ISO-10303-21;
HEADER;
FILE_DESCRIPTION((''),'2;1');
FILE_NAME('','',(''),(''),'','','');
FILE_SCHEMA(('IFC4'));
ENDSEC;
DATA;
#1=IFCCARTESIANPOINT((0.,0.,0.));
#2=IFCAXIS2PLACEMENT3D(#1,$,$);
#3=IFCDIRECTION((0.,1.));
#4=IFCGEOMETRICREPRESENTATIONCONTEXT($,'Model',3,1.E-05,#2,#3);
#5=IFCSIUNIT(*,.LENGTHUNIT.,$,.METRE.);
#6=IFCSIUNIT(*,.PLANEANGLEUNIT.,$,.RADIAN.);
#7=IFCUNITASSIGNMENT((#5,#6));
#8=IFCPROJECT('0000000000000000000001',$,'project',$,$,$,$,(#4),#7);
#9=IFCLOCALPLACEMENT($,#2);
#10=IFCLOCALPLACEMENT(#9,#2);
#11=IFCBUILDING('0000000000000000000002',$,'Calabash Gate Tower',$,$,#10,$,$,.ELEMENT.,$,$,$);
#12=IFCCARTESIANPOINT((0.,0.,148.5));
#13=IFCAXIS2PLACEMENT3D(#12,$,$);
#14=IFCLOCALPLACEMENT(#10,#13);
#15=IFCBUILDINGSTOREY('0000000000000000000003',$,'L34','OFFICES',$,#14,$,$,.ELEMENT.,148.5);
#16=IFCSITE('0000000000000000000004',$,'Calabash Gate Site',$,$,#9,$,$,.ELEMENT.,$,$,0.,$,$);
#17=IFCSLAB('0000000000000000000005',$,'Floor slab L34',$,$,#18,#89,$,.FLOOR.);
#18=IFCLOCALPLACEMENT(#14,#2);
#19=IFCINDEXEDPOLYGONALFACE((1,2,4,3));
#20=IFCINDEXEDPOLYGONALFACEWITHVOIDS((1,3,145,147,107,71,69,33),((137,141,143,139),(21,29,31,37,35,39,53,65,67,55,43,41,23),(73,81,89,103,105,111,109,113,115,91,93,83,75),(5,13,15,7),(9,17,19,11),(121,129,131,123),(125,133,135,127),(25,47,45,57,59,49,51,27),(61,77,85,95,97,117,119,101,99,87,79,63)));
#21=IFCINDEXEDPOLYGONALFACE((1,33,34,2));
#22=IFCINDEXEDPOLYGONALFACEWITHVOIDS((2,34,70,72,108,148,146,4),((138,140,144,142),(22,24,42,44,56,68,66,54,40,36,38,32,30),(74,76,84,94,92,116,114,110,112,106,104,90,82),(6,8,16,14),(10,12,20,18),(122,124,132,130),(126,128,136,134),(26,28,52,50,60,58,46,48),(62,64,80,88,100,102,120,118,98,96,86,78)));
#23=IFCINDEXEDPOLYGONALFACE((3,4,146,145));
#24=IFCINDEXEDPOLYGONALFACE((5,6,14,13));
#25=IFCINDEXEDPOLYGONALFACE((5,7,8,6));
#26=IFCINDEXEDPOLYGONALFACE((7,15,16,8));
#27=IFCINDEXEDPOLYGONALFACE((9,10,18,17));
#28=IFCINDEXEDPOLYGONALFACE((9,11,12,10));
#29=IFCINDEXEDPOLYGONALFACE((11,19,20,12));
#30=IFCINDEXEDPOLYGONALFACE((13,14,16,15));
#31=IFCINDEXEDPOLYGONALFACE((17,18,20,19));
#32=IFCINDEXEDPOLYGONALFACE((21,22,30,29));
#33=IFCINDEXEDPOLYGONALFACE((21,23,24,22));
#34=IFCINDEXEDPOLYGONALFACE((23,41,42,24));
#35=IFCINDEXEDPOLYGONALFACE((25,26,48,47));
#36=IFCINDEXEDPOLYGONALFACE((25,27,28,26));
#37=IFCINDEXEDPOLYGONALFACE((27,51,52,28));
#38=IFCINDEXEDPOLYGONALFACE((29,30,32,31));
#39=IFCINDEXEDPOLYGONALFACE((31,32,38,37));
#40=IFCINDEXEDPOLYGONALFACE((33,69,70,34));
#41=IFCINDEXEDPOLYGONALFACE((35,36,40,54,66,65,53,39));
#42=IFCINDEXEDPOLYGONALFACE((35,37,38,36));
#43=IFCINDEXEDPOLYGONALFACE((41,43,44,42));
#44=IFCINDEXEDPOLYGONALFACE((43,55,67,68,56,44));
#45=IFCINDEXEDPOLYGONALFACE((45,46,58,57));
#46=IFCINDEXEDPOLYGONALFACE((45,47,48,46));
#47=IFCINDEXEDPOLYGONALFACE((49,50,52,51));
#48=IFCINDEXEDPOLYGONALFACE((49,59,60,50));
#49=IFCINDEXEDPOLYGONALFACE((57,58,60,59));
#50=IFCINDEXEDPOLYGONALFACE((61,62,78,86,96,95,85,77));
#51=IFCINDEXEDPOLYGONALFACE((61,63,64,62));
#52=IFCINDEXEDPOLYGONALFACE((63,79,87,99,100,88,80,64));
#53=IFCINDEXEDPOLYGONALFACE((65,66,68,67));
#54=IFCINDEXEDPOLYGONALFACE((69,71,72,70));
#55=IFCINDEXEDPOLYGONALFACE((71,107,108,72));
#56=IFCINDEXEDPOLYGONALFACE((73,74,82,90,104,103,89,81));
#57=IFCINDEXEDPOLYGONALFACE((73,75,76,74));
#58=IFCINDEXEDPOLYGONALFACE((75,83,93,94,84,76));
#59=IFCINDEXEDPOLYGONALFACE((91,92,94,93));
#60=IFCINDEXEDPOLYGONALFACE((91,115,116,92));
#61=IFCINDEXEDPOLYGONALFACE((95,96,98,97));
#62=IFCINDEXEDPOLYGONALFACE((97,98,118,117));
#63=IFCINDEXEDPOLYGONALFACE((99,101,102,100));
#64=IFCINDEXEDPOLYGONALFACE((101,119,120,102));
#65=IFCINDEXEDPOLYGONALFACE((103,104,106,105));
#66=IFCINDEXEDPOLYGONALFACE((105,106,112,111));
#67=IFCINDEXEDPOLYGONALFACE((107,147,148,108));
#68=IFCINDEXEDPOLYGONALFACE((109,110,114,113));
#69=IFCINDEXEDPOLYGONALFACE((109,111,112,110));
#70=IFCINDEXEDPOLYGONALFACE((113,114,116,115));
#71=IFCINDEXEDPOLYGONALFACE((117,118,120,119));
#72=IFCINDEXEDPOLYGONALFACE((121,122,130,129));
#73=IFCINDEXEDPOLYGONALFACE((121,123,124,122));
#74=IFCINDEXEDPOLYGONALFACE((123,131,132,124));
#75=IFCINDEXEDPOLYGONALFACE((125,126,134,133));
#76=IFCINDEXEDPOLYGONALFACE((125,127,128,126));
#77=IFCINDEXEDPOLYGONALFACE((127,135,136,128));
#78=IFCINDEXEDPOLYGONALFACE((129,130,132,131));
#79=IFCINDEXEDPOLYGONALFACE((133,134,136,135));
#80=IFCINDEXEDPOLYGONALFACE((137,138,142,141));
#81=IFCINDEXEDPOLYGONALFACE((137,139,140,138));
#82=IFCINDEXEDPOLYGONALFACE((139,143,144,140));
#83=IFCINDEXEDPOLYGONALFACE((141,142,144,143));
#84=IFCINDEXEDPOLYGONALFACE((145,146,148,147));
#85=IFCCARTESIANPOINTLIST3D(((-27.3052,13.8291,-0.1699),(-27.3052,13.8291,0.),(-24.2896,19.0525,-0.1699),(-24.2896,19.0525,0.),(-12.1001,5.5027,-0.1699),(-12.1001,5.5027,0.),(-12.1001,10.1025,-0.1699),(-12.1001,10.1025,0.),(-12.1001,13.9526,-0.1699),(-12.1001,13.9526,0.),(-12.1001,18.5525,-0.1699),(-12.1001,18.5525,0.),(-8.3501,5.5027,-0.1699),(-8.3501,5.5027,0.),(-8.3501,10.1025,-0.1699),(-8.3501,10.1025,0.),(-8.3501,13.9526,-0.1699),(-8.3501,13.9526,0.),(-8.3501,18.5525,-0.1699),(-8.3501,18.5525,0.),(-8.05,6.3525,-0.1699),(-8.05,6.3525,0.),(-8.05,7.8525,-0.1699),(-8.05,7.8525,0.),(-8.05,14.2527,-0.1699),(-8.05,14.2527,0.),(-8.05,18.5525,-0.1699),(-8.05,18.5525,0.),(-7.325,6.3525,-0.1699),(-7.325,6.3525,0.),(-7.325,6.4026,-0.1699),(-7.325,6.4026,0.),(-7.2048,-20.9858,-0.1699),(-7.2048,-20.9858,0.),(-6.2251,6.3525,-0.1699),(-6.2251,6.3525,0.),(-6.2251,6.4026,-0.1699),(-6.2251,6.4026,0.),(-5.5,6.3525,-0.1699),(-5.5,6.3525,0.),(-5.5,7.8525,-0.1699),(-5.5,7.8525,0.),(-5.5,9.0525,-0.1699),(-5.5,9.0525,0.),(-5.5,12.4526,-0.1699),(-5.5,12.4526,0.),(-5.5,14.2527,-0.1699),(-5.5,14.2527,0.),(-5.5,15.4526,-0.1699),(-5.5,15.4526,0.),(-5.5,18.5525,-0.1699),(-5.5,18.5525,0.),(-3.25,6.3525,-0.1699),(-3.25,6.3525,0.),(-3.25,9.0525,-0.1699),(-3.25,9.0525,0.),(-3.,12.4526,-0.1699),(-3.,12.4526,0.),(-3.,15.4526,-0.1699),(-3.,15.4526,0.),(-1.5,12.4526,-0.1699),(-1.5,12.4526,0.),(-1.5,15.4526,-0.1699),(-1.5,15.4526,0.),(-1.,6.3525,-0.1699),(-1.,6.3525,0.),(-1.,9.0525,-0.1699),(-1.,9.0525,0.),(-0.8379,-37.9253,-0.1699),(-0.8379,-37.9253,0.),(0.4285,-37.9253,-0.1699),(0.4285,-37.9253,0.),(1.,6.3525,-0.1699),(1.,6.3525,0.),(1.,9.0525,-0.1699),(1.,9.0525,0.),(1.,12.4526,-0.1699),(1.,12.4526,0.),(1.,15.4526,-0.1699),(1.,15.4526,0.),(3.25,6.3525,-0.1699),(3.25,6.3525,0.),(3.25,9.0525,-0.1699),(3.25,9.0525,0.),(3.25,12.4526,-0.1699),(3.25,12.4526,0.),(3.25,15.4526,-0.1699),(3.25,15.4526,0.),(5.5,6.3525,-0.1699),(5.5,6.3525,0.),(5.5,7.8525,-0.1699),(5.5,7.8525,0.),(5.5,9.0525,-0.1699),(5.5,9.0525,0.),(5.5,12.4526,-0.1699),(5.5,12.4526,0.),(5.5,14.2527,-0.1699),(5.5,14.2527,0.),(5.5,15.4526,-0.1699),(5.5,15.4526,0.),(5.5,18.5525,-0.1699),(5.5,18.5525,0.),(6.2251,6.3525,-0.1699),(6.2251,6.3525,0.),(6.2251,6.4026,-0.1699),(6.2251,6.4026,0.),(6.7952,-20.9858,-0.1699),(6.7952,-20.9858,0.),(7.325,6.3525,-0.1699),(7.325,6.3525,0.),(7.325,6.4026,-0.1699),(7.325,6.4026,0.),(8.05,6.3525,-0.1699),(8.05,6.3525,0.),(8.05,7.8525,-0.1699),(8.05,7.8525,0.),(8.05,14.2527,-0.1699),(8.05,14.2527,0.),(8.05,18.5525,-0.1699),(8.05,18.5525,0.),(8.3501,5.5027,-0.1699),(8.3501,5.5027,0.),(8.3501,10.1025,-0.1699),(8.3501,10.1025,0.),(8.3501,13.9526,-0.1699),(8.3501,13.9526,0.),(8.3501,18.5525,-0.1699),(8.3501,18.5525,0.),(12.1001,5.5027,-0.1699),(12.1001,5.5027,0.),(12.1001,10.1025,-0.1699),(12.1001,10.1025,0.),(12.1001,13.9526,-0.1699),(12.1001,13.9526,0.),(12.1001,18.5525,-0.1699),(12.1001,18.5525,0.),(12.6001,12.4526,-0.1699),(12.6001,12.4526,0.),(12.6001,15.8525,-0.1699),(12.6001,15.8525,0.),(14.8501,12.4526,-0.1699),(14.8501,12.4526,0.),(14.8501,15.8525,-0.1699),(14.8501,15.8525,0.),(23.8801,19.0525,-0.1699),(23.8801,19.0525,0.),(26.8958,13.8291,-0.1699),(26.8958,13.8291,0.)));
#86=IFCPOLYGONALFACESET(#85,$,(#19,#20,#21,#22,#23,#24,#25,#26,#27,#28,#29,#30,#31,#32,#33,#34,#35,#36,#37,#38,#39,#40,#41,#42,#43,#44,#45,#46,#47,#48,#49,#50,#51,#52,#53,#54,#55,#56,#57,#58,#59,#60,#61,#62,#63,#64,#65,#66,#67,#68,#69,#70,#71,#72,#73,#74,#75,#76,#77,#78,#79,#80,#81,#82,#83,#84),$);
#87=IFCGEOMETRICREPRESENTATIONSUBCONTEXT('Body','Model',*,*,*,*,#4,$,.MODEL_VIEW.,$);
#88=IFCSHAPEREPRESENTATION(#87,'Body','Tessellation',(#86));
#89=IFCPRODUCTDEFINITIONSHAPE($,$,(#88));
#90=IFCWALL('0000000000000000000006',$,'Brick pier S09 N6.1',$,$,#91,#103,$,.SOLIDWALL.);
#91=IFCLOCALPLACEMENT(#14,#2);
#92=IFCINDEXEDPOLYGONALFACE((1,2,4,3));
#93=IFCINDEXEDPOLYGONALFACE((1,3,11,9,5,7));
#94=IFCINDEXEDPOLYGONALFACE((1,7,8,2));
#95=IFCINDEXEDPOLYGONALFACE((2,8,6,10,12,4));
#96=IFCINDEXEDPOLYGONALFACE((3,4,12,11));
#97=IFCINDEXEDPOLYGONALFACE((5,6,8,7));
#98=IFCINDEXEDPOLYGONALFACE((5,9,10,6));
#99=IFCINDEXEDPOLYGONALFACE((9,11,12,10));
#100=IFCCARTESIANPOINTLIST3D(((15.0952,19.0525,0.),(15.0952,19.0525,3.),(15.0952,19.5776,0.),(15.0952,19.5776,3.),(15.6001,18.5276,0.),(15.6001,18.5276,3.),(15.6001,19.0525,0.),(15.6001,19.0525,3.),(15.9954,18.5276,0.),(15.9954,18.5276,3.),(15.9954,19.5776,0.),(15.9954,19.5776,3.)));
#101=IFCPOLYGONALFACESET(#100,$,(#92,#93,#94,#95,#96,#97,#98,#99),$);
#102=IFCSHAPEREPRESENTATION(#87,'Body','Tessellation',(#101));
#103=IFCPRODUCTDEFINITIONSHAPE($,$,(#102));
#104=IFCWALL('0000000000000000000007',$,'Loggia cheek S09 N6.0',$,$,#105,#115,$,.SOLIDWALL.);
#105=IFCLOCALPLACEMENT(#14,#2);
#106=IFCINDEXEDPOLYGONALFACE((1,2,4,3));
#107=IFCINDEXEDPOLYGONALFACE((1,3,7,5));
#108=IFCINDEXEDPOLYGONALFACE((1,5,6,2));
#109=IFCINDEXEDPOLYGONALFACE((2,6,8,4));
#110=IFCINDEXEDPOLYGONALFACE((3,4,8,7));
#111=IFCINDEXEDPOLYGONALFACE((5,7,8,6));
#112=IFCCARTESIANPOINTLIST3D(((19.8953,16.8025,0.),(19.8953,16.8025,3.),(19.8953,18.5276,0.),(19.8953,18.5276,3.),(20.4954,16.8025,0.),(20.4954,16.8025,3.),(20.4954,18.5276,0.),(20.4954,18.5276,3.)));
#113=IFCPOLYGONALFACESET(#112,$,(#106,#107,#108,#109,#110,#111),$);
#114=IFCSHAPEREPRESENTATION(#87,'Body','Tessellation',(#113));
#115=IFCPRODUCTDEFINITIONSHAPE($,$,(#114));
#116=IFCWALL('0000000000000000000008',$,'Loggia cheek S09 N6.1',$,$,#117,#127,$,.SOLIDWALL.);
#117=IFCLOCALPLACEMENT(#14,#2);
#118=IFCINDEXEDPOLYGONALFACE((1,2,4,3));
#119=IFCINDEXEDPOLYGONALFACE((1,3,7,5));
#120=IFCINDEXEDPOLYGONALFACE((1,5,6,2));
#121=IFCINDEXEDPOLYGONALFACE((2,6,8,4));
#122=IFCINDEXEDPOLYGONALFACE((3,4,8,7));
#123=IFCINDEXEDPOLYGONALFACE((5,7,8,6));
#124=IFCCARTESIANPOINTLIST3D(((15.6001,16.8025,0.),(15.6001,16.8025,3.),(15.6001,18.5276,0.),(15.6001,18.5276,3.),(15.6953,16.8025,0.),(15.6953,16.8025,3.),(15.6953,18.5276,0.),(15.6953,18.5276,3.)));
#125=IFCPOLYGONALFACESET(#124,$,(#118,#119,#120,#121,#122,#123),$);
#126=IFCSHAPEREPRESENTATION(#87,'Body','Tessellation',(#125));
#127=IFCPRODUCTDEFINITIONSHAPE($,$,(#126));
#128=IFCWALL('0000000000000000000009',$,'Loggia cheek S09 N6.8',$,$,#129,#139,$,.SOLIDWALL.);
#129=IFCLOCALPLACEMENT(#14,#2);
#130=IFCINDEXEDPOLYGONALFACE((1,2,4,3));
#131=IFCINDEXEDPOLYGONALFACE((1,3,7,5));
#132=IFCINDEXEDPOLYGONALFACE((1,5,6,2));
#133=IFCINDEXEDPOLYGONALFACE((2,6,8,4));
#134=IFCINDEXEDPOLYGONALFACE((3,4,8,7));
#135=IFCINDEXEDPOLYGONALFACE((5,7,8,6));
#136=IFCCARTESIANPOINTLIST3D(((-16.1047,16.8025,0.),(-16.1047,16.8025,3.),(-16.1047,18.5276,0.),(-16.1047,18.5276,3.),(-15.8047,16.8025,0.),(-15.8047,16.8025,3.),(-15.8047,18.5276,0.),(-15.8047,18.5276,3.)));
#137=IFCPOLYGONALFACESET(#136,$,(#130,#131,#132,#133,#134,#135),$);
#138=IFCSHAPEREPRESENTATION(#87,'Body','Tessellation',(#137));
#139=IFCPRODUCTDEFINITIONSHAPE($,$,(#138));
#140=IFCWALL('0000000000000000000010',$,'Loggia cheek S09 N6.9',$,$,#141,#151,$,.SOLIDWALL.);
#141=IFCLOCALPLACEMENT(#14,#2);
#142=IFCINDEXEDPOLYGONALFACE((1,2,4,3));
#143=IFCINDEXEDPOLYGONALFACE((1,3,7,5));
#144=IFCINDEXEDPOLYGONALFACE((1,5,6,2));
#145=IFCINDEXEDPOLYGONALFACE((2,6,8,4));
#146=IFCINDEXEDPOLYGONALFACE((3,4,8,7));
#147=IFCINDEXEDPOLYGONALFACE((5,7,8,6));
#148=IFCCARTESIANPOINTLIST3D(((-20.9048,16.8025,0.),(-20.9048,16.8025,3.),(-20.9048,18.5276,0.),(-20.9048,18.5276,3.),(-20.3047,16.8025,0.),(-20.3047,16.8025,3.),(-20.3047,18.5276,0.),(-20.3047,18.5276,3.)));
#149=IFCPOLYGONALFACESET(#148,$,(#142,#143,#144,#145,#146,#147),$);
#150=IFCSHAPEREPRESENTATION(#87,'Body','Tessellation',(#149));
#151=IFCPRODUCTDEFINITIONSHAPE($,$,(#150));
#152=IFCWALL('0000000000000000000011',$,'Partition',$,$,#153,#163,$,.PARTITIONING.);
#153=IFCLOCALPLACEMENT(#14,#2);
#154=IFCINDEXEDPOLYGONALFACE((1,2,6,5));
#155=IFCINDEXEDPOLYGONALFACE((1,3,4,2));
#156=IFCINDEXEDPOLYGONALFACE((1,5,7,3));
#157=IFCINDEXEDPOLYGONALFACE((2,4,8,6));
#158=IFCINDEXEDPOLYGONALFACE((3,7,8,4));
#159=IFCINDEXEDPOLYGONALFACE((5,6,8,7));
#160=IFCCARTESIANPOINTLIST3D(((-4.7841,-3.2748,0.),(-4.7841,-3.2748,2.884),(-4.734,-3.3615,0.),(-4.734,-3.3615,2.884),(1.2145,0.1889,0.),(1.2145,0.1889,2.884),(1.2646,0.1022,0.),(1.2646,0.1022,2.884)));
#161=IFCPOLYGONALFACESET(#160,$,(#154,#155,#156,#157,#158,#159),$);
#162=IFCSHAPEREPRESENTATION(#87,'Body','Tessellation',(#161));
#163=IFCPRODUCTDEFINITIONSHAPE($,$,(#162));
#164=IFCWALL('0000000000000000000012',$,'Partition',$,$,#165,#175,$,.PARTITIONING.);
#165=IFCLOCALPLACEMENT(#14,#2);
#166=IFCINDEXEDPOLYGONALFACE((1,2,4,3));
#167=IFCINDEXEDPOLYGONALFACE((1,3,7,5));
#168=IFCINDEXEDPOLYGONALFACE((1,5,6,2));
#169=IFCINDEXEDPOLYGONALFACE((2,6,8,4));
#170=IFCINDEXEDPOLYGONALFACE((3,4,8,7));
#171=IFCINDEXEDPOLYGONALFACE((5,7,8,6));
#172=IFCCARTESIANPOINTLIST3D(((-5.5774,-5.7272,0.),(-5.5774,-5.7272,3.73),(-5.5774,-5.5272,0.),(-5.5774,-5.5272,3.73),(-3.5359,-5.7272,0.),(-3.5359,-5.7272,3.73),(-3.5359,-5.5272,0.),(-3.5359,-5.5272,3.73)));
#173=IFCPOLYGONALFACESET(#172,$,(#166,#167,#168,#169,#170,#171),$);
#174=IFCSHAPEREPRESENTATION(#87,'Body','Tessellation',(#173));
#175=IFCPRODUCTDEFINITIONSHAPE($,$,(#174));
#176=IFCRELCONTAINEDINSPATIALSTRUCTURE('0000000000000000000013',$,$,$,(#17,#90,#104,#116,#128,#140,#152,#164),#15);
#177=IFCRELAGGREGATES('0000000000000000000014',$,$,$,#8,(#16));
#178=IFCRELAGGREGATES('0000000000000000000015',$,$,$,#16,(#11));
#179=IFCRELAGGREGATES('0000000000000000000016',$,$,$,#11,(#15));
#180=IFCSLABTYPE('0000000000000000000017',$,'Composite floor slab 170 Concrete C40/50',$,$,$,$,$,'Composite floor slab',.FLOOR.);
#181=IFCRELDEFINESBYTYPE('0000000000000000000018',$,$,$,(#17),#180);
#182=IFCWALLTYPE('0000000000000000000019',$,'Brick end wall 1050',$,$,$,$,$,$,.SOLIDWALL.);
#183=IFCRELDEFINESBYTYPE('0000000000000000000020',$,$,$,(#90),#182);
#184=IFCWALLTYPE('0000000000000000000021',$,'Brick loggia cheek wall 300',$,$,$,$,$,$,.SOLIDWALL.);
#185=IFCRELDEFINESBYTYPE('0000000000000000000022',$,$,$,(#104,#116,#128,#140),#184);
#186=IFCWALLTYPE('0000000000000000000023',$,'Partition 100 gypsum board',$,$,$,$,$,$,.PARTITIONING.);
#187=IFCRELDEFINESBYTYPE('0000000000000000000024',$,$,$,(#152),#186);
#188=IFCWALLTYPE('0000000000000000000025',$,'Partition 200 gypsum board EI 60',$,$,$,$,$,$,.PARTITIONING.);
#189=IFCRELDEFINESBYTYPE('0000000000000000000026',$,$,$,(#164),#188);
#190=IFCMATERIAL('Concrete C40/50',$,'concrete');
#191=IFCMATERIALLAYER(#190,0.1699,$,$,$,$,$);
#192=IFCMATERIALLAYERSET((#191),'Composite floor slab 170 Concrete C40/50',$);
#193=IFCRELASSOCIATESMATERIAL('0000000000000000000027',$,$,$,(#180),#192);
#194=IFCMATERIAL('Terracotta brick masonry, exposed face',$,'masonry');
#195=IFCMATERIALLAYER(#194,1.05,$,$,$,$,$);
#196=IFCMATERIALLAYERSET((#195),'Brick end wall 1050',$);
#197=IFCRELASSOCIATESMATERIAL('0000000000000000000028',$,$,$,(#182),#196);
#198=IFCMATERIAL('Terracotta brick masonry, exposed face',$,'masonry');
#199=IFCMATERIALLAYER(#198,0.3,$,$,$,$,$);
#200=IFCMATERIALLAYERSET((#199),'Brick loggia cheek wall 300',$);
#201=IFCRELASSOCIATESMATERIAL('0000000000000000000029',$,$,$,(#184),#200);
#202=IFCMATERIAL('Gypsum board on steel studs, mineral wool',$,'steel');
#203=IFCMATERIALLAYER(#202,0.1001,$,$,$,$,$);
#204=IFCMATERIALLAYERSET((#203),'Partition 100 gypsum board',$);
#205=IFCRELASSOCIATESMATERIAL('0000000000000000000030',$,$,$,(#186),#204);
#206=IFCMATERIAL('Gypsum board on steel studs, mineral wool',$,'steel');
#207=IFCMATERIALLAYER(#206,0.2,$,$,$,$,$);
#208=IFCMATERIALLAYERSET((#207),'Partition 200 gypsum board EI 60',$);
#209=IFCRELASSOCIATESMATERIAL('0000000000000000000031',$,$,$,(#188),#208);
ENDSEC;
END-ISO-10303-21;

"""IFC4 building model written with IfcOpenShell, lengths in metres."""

from ifc_helpers import new_model, si_unit, direction, frame, frame_2d, origin, place, context, subcontext, project, spatial, polyline, rectangle, outline, extrude, material, layer, layer_set, type_object, element, save


model = new_model("IFC4")

# Units and contexts
model_context = context("Model", 3, precision=1e-05, world=origin(), true_north=direction((0.0, 1.0)))
body_context = subcontext(model_context, "Body", "Model", "MODEL_VIEW")
ifc_project = project(units=[si_unit("LENGTHUNIT", "METRE"), si_unit("PLANEANGLEUNIT", "RADIAN")], contexts=[model_context])

# Site, building, storey
site_placement = place(None, origin())
site = spatial("IfcSite", under=ifc_project, at=site_placement, Name="Calabash Gate Site", CompositionType="ELEMENT", RefElevation=0.0)
building_placement = place(site_placement, origin())
building = spatial("IfcBuilding", under=site, at=building_placement, Name="Calabash Gate Tower", CompositionType="ELEMENT")
storey_placement = place(building_placement, frame((0.0, 0.0, 148.5)))
storey = spatial("IfcBuildingStorey", under=building, at=storey_placement, Name="L34", Description="OFFICES", CompositionType="ELEMENT", Elevation=148.5)

# Slab
ifc_material_1 = material(Name="Concrete C40/50", Category="concrete")
ifc_layer_1 = layer(ifc_material_1, 0.1699)
ifc_layer_set_1 = layer_set([ifc_layer_1], Name="Composite floor slab 170 Concrete C40/50")
slab_type = type_object("IfcSlabType", Name="Composite floor slab 170 Concrete C40/50", ElementType="Composite floor slab", PredefinedType="FLOOR", material=ifc_layer_set_1)
slab_placement = place(storey_placement, frame((0.0, 0.0, -0.1699)))
element("IfcSlab", 1, at=slab_placement, inside=storey, type_object=slab_type, Name="Floor slab L34", PredefinedType="FLOOR", context=body_context, shape_type="SweptSolid", body=[
    extrude(outline(polyline([(-24.2896, 19.0525), (23.8801, 19.0525), (26.8958, 13.8291), (6.7952, -20.9858), (0.4285, -37.9253), (-0.8379, -37.9253), (-7.2048, -20.9858), (-27.3052, 13.8291), (-24.2896, 19.0525)]), holes=[polyline([(-3.25, 9.0525), (-5.5, 9.0525), (-5.5, 7.8525), (-8.05, 7.8525), (-8.05, 6.3525), (-7.325, 6.3525), (-7.325, 6.4026), (-6.2251, 6.4026), (-6.2251, 6.3525), (-5.5, 6.3525), (-3.25, 6.3525), (-1.0, 6.3525), (-1.0, 9.0525), (-3.25, 9.0525)]), polyline([(5.5, 6.3525), (6.2251, 6.3525), (6.2251, 6.4026), (7.325, 6.4026), (7.325, 6.3525), (8.05, 6.3525), (8.05, 7.8525), (5.5, 7.8525), (5.5, 9.0525), (3.25, 9.0525), (1.0, 9.0525), (1.0, 6.3525), (3.25, 6.3525), (5.5, 6.3525)]), polyline([(-5.5, 12.4526), (-3.0, 12.4526), (-3.0, 15.4526), (-5.5, 15.4526), (-5.5, 18.5525), (-8.05, 18.5525), (-8.05, 14.2527), (-5.5, 14.2527), (-5.5, 12.4526)]), polyline([(-1.5, 15.4526), (-1.5, 12.4526), (1.0, 12.4526), (3.25, 12.4526), (5.5, 12.4526), (5.5, 14.2527), (8.05, 14.2527), (8.05, 18.5525), (5.5, 18.5525), (5.5, 15.4526), (3.25, 15.4526), (1.0, 15.4526), (-1.5, 15.4526)]), polyline([(14.8501, 15.8525), (12.6001, 15.8525), (12.6001, 12.4526), (14.8501, 12.4526), (14.8501, 15.8525)]), polyline([(-8.3501, 18.5525), (-12.1001, 18.5525), (-12.1001, 13.9526), (-8.3501, 13.9526), (-8.3501, 18.5525)]), polyline([(-12.1001, 10.1025), (-12.1001, 5.5027), (-8.3501, 5.5027), (-8.3501, 10.1025), (-12.1001, 10.1025)]), polyline([(8.3501, 13.9526), (12.1001, 13.9526), (12.1001, 18.5525), (8.3501, 18.5525), (8.3501, 13.9526)]), polyline([(12.1001, 5.5027), (12.1001, 10.1025), (8.3501, 10.1025), (8.3501, 5.5027), (12.1001, 5.5027)])]), origin(), (0.0, 0.0, 1.0), 0.1699),
])

# Walls
ifc_material_2 = material(Name="Terracotta brick masonry, exposed face", Category="masonry")
ifc_layer_2 = layer(ifc_material_2, 1.05)
ifc_layer_set_2 = layer_set([ifc_layer_2], Name="Brick end wall 1050")
wall_type_1 = type_object("IfcWallType", Name="Brick end wall 1050", PredefinedType="SOLIDWALL", material=ifc_layer_set_2)
wall_1_placement = place(storey_placement, origin())
element("IfcWall", 2, at=wall_1_placement, inside=storey, type_object=wall_type_1, Name="Brick pier S09 N6.1", PredefinedType="SOLIDWALL", context=body_context, shape_type="SweptSolid", body=[
    extrude(outline(polyline([(15.9954, 18.5276), (15.9954, 19.5776), (15.0952, 19.5776), (15.0952, 19.0525), (15.6001, 19.0525), (15.6001, 18.5276), (15.9954, 18.5276)])), origin(), (0.0, 0.0, 1.0), 3.0),
])
ifc_material_3 = material(Name="Terracotta brick masonry, exposed face", Category="masonry")
ifc_layer_3 = layer(ifc_material_3, 0.3)
ifc_layer_set_3 = layer_set([ifc_layer_3], Name="Brick loggia cheek wall 300")
wall_type_2 = type_object("IfcWallType", Name="Brick loggia cheek wall 300", PredefinedType="SOLIDWALL", material=ifc_layer_set_3)
wall_2_placement = place(storey_placement, origin())
element("IfcWall", 3, at=wall_2_placement, inside=storey, type_object=wall_type_2, Name="Loggia cheek S09 N6.0", PredefinedType="SOLIDWALL", context=body_context, shape_type="SweptSolid", body=[
    extrude(outline(polyline([(20.4954, 16.8025), (20.4954, 18.5276), (19.8953, 18.5276), (19.8953, 16.8025), (20.4954, 16.8025)])), origin(), (0.0, 0.0, 1.0), 3.0),
])
wall_3_placement = place(storey_placement, origin())
element("IfcWall", 4, at=wall_3_placement, inside=storey, type_object=wall_type_2, Name="Loggia cheek S09 N6.1", PredefinedType="SOLIDWALL", context=body_context, shape_type="SweptSolid", body=[
    extrude(outline(polyline([(15.6953, 18.5276), (15.6001, 18.5276), (15.6001, 16.8025), (15.6953, 16.8025), (15.6953, 18.5276)])), origin(), (0.0, 0.0, 1.0), 3.0),
])
wall_4_placement = place(storey_placement, origin())
element("IfcWall", 5, at=wall_4_placement, inside=storey, type_object=wall_type_2, Name="Loggia cheek S09 N6.8", PredefinedType="SOLIDWALL", context=body_context, shape_type="SweptSolid", body=[
    extrude(outline(polyline([(-15.8047, 16.8025), (-15.8047, 18.5276), (-16.1047, 18.5276), (-16.1047, 16.8025), (-15.8047, 16.8025)])), origin(), (0.0, 0.0, 1.0), 3.0),
])
wall_5_placement = place(storey_placement, origin())
element("IfcWall", 6, at=wall_5_placement, inside=storey, type_object=wall_type_2, Name="Loggia cheek S09 N6.9", PredefinedType="SOLIDWALL", context=body_context, shape_type="SweptSolid", body=[
    extrude(outline(polyline([(-20.9048, 18.5276), (-20.9048, 16.8025), (-20.3047, 16.8025), (-20.3047, 18.5276), (-20.9048, 18.5276)])), origin(), (0.0, 0.0, 1.0), 3.0),
])
ifc_material_4 = material(Name="Gypsum board on steel studs, mineral wool", Category="steel")
ifc_layer_4 = layer(ifc_material_4, 0.1001)
ifc_layer_set_4 = layer_set([ifc_layer_4], Name="Partition 100 gypsum board")
wall_type_3 = type_object("IfcWallType", Name="Partition 100 gypsum board", PredefinedType="PARTITIONING", material=ifc_layer_set_4)
wall_6_placement = place(storey_placement, frame((-4.759, -3.3181, 0.0), z_axis=(0.0, 0.0, 1.0), x_axis=(0.866002, 0.50004, 0.0)))
element("IfcWall", 7, at=wall_6_placement, inside=storey, type_object=wall_type_3, Name="Partition", PredefinedType="PARTITIONING", context=body_context, shape_type="SweptSolid", body=[
    extrude(rectangle(XDim=6.9268, YDim=0.1001, at=frame_2d((3.4634, 0.0))), origin(), (0.0, 0.0, 1.0), 2.884),
])
ifc_material_5 = material(Name="Gypsum board on steel studs, mineral wool", Category="steel")
ifc_layer_5 = layer(ifc_material_5, 0.2)
ifc_layer_set_5 = layer_set([ifc_layer_5], Name="Partition 200 gypsum board EI 60")
wall_type_4 = type_object("IfcWallType", Name="Partition 200 gypsum board EI 60", PredefinedType="PARTITIONING", material=ifc_layer_set_5)
wall_7_placement = place(storey_placement, frame((-5.5774, -5.6272, 0.0), z_axis=(0.0, 0.0, 1.0), x_axis=(1.0, 0.0, 0.0)))
element("IfcWall", 8, at=wall_7_placement, inside=storey, type_object=wall_type_4, Name="Partition", PredefinedType="PARTITIONING", context=body_context, shape_type="SweptSolid", body=[
    extrude(rectangle(XDim=2.0415, YDim=0.2, at=frame_2d((1.0208, 0.0))), origin(), (0.0, 0.0, 1.0), 3.73),
])

save(model, "model.ifc")
